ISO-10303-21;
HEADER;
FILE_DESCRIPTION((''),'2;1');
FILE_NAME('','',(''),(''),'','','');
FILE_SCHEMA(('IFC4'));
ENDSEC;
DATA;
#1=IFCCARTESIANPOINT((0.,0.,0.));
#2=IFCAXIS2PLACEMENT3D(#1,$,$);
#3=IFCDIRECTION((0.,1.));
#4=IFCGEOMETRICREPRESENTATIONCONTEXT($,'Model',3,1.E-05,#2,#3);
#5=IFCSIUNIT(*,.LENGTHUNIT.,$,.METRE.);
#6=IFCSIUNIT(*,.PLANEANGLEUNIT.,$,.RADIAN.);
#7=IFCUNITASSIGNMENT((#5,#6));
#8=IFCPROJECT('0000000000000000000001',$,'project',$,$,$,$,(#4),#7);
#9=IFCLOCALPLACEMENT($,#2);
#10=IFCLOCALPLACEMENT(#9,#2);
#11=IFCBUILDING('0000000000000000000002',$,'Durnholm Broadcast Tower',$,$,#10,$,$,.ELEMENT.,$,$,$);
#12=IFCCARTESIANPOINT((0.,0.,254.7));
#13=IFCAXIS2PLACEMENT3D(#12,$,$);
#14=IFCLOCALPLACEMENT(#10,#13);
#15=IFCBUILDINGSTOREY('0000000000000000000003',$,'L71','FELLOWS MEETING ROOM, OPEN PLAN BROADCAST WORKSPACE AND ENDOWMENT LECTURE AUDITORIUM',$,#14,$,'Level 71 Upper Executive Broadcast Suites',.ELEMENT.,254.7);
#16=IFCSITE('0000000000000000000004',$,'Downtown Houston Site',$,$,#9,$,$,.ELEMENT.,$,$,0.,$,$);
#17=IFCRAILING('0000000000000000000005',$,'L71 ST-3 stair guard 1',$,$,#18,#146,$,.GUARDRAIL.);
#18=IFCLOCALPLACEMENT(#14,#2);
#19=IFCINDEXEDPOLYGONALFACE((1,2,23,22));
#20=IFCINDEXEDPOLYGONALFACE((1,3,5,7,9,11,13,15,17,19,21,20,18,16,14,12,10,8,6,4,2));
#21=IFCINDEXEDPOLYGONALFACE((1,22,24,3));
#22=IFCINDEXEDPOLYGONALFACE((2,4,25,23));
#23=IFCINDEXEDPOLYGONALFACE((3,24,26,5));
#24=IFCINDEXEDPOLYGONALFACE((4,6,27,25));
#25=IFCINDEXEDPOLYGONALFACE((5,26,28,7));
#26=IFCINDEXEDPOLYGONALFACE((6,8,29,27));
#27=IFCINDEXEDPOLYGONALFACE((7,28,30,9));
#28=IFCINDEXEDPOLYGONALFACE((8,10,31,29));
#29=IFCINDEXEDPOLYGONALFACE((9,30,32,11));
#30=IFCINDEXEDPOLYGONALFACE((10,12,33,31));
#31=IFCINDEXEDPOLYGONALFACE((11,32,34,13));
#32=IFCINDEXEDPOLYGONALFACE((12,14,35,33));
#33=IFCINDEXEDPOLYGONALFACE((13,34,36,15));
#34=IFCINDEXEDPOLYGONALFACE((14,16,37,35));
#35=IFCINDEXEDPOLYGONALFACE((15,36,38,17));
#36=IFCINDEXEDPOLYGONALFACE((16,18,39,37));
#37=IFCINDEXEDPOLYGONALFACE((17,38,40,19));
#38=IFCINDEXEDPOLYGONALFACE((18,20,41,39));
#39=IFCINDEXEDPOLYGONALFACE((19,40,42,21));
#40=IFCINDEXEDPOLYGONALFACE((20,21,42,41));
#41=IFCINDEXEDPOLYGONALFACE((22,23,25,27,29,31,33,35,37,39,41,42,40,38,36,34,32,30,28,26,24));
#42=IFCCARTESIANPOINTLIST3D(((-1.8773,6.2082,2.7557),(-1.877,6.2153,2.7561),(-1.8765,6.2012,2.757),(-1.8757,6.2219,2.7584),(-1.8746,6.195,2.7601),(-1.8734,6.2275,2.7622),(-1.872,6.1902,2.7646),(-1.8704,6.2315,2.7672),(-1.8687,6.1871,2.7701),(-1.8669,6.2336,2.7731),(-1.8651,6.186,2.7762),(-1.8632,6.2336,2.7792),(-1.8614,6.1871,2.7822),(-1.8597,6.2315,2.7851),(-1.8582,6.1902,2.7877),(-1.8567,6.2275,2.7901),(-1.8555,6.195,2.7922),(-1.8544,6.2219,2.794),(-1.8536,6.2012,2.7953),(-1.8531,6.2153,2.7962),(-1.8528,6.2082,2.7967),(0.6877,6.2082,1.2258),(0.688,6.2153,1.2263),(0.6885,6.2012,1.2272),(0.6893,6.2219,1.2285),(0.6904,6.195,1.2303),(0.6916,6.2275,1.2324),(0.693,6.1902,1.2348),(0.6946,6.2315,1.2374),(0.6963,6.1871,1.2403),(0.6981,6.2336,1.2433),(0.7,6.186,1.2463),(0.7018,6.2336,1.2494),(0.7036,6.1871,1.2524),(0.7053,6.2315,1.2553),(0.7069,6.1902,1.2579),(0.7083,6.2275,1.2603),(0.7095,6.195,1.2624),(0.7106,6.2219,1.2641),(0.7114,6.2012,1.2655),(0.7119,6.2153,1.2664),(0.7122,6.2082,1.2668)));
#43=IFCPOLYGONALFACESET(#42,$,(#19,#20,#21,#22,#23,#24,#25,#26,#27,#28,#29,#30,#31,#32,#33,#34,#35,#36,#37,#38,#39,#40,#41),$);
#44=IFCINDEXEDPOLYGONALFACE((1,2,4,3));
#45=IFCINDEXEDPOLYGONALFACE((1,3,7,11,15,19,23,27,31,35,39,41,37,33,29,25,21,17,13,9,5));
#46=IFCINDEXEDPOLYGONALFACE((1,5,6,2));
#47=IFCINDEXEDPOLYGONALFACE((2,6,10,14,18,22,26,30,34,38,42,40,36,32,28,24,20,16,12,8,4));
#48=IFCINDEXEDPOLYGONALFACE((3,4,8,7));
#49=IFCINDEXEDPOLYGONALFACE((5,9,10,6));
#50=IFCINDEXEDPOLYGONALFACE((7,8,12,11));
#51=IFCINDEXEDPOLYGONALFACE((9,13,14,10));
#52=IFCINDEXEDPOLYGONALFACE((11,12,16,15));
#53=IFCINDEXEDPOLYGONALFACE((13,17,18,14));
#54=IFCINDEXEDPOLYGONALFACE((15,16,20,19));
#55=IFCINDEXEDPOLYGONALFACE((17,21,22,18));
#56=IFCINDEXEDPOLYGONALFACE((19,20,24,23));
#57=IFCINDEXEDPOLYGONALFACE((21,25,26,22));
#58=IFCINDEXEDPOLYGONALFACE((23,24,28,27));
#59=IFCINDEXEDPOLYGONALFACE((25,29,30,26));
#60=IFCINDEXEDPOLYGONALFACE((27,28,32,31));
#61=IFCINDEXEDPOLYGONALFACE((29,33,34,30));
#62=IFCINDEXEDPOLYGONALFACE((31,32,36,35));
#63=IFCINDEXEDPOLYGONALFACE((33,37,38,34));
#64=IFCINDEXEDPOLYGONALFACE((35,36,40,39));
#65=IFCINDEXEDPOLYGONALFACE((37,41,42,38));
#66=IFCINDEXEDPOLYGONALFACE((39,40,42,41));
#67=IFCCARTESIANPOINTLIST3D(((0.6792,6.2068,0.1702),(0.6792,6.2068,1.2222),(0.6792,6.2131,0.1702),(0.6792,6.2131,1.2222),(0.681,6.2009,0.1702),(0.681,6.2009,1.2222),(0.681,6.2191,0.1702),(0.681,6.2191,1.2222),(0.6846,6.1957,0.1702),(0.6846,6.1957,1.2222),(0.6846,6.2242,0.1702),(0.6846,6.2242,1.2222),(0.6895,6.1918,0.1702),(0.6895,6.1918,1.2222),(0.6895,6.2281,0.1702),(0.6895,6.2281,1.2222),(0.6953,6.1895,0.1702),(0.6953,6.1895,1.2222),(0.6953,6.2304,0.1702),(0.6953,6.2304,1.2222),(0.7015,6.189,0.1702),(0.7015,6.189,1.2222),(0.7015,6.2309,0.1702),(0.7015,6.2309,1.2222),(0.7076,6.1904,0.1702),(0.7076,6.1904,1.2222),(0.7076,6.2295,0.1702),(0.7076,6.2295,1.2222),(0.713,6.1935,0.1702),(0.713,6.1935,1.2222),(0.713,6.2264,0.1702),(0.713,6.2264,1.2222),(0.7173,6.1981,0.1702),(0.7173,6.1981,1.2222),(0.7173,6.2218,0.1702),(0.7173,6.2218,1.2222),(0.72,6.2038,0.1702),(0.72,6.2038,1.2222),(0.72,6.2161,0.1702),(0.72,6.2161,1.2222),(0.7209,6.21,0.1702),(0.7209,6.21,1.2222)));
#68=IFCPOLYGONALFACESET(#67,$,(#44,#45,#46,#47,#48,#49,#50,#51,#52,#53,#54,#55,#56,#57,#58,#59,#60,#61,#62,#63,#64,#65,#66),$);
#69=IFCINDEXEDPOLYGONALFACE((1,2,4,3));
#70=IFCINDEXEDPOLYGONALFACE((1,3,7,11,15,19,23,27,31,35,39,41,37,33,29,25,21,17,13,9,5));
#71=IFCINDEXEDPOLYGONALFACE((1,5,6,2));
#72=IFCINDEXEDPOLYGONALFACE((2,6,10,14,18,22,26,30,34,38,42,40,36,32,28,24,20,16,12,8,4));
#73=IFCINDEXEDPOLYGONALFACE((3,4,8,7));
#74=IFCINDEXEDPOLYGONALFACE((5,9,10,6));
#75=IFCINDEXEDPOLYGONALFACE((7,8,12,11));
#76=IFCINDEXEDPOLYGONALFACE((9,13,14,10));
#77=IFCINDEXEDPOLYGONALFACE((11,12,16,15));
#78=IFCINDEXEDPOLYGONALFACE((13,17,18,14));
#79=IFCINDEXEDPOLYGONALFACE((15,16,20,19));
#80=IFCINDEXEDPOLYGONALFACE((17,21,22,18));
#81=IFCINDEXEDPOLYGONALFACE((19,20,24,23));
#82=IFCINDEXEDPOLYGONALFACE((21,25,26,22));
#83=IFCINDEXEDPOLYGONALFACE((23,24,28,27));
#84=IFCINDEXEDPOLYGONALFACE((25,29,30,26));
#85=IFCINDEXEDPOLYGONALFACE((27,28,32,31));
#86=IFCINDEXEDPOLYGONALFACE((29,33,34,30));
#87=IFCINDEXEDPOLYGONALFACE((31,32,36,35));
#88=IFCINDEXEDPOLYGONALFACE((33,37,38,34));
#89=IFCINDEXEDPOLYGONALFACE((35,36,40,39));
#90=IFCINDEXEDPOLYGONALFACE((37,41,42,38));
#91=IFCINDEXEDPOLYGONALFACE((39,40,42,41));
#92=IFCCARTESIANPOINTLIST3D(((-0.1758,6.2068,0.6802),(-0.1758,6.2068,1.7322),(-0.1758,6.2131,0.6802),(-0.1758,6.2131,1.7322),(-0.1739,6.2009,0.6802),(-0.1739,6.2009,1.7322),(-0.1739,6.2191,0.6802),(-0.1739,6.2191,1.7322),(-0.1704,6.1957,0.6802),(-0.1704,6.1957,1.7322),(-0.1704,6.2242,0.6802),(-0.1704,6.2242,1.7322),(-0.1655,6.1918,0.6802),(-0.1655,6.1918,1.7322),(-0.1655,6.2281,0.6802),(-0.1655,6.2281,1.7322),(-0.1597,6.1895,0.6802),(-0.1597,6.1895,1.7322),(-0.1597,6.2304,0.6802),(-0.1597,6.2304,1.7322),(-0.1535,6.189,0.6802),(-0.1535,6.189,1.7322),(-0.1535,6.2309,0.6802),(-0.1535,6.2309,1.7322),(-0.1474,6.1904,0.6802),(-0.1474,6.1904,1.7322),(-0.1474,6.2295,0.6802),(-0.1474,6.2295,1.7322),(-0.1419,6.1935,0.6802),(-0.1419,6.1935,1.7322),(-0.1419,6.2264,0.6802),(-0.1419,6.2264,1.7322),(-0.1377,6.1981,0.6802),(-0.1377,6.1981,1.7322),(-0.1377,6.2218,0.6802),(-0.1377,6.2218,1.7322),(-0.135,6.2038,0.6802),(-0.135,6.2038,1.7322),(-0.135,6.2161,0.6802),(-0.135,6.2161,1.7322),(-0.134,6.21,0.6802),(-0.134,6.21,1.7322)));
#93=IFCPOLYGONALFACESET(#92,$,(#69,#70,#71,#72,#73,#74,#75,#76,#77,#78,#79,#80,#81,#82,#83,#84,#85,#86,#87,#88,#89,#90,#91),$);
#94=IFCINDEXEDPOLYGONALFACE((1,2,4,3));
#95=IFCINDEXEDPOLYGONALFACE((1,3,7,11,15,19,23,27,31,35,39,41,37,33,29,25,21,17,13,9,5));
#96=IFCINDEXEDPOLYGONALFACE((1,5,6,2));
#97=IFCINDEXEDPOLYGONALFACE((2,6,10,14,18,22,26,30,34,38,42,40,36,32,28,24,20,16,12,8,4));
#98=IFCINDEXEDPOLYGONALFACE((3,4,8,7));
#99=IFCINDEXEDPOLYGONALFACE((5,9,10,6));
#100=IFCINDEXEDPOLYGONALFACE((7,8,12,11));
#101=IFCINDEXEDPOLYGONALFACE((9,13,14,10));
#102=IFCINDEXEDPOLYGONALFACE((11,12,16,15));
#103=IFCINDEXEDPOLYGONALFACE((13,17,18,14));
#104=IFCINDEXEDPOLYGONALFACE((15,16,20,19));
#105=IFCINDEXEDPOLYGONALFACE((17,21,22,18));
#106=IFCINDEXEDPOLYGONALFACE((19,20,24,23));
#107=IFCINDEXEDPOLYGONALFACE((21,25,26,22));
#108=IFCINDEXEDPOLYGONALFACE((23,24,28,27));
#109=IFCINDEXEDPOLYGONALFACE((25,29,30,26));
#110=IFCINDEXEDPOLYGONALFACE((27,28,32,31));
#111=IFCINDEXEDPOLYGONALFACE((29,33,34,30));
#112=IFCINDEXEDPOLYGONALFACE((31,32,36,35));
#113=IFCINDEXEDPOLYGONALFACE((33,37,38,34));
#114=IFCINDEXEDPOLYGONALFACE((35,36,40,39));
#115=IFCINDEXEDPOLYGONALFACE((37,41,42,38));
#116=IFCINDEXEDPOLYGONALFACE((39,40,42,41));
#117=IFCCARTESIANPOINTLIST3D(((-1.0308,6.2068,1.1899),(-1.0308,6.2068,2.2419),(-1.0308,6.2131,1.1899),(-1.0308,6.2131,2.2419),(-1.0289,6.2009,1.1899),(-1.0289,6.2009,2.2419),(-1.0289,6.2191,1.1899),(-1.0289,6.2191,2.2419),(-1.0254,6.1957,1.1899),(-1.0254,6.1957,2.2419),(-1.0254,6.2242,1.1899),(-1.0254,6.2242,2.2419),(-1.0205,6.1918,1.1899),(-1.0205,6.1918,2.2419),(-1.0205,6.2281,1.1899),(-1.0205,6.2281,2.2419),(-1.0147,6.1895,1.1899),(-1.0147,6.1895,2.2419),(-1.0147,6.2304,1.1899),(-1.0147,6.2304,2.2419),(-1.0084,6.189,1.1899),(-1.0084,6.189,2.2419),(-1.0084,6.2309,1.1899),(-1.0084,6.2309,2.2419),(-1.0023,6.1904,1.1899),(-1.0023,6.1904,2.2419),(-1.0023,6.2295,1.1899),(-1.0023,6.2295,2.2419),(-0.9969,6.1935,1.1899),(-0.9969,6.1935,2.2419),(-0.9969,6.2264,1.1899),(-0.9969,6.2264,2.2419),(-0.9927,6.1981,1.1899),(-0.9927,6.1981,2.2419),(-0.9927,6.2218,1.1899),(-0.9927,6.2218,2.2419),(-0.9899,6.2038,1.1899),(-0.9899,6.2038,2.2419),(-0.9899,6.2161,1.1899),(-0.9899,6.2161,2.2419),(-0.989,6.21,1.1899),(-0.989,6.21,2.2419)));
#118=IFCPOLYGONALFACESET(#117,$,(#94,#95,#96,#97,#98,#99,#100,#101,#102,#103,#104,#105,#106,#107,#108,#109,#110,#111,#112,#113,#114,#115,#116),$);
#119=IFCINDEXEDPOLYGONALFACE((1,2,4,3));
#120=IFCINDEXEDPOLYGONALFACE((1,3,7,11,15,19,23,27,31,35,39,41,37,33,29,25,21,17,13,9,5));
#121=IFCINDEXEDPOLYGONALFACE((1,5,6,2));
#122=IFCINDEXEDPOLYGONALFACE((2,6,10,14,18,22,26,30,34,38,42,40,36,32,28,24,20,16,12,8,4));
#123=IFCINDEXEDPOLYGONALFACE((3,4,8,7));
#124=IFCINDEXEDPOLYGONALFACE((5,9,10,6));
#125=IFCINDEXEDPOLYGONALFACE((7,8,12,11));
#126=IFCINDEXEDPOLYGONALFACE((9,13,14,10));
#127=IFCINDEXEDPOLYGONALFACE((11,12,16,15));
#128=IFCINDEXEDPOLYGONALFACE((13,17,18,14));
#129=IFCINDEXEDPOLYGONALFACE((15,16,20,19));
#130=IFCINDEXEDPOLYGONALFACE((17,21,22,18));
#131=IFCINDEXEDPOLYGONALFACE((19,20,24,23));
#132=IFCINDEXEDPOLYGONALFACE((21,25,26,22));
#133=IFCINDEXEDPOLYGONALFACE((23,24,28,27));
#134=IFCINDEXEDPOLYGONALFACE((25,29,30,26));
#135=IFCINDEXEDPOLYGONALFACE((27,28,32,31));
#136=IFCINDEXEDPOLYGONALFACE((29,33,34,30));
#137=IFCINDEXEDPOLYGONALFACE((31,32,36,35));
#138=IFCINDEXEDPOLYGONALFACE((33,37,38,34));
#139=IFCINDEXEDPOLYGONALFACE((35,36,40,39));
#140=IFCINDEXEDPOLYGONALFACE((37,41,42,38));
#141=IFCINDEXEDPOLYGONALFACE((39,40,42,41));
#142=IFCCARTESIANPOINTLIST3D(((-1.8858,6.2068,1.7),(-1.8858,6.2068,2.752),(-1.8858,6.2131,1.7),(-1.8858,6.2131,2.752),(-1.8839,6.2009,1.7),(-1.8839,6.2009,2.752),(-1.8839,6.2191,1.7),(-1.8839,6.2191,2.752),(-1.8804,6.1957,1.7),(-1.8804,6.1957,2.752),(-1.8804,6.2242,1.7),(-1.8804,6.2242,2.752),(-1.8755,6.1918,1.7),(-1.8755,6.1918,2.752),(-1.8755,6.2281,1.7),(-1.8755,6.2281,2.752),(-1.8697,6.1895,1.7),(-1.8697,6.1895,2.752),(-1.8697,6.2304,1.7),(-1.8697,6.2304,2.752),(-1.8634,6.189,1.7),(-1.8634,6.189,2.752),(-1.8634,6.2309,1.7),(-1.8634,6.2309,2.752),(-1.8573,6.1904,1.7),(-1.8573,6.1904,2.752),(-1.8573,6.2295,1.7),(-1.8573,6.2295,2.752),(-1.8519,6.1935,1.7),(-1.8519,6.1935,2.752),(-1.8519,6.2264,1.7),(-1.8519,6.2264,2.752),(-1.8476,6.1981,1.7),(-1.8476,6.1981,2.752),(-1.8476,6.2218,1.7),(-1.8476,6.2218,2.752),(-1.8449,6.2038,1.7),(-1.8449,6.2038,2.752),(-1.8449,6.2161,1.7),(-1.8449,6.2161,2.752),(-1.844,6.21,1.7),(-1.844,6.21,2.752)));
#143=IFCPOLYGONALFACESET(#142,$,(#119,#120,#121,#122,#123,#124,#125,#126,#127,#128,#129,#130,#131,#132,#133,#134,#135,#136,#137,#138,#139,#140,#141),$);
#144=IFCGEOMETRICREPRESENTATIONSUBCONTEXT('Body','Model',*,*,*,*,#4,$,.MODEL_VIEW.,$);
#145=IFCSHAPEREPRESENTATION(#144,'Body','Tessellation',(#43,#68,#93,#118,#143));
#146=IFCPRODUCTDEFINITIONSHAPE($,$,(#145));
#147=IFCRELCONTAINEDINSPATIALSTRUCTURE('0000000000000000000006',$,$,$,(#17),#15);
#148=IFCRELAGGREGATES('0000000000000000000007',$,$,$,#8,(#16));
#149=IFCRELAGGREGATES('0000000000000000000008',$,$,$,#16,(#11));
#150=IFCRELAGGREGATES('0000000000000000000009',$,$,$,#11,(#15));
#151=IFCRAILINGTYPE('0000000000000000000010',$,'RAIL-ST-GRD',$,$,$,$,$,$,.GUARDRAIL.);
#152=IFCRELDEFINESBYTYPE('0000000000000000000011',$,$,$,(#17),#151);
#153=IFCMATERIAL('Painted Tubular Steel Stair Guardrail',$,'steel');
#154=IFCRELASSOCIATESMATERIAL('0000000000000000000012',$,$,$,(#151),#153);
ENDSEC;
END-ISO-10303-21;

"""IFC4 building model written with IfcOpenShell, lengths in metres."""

from ifc_helpers import new_model, si_unit, direction, frame, origin, origin_2d, place, context, subcontext, project, spatial, circle, extrude, material, type_object, element, save


model = new_model("IFC4")

# Units and contexts
model_context = context("Model", 3, precision=1e-05, world=origin(), true_north=direction((0.0, 1.0)))
body_context = subcontext(model_context, "Body", "Model", "MODEL_VIEW")
ifc_project = project(units=[si_unit("LENGTHUNIT", "METRE"), si_unit("PLANEANGLEUNIT", "RADIAN")], contexts=[model_context])

# Site, building, storey
site_placement = place(None, origin())
site = spatial("IfcSite", under=ifc_project, at=site_placement, Name="Downtown Houston Site", CompositionType="ELEMENT", RefElevation=0.0)
building_placement = place(site_placement, origin())
building = spatial("IfcBuilding", under=site, at=building_placement, Name="Durnholm Broadcast Tower", CompositionType="ELEMENT")
storey_placement = place(building_placement, frame((0.0, 0.0, 254.7)))
storey = spatial("IfcBuildingStorey", under=building, at=storey_placement, Name="L71", Description="FELLOWS MEETING ROOM, OPEN PLAN BROADCAST WORKSPACE AND ENDOWMENT LECTURE AUDITORIUM", LongName="Level 71 Upper Executive Broadcast Suites", CompositionType="ELEMENT", Elevation=254.7)

# Railing
ifc_material_1 = material(Name="Painted Tubular Steel Stair Guardrail", Category="steel")
railing_type = type_object("IfcRailingType", Name="RAIL-ST-GRD", PredefinedType="GUARDRAIL", material=ifc_material_1)
railing_1_placement = place(storey_placement, frame((0.7, 6.21, 0.1702)))
element("IfcRailing", 1, at=railing_1_placement, inside=storey, type_object=railing_type, Name="L71 ST-3 stair guard 1", PredefinedType="GUARDRAIL", context=body_context, shape_type="SweptSolid", body=[
    extrude(circle(Radius=0.0239, at=origin_2d()), frame((0.0, 0.0, 1.0762), z_axis=(-0.858846, 0.0, 0.512234), x_axis=(0.0, -1.0, 0.0)), (0.0, 0.0, 1.0), 2.9866),
    extrude(circle(Radius=0.021, at=origin_2d()), origin(), (0.0, 0.0, 1.0), 1.052),
    extrude(circle(Radius=0.021, at=origin_2d()), frame((-0.855, 0.0, 0.51)), (0.0, 0.0, 1.0), 1.052),
    extrude(circle(Radius=0.021, at=origin_2d()), frame((-1.71, 0.0, 1.0198)), (0.0, 0.0, 1.0), 1.052),
    extrude(circle(Radius=0.021, at=origin_2d()), frame((-2.5649, 0.0, 1.5298)), (0.0, 0.0, 1.0), 1.052),
])

save(model, "model.ifc")
